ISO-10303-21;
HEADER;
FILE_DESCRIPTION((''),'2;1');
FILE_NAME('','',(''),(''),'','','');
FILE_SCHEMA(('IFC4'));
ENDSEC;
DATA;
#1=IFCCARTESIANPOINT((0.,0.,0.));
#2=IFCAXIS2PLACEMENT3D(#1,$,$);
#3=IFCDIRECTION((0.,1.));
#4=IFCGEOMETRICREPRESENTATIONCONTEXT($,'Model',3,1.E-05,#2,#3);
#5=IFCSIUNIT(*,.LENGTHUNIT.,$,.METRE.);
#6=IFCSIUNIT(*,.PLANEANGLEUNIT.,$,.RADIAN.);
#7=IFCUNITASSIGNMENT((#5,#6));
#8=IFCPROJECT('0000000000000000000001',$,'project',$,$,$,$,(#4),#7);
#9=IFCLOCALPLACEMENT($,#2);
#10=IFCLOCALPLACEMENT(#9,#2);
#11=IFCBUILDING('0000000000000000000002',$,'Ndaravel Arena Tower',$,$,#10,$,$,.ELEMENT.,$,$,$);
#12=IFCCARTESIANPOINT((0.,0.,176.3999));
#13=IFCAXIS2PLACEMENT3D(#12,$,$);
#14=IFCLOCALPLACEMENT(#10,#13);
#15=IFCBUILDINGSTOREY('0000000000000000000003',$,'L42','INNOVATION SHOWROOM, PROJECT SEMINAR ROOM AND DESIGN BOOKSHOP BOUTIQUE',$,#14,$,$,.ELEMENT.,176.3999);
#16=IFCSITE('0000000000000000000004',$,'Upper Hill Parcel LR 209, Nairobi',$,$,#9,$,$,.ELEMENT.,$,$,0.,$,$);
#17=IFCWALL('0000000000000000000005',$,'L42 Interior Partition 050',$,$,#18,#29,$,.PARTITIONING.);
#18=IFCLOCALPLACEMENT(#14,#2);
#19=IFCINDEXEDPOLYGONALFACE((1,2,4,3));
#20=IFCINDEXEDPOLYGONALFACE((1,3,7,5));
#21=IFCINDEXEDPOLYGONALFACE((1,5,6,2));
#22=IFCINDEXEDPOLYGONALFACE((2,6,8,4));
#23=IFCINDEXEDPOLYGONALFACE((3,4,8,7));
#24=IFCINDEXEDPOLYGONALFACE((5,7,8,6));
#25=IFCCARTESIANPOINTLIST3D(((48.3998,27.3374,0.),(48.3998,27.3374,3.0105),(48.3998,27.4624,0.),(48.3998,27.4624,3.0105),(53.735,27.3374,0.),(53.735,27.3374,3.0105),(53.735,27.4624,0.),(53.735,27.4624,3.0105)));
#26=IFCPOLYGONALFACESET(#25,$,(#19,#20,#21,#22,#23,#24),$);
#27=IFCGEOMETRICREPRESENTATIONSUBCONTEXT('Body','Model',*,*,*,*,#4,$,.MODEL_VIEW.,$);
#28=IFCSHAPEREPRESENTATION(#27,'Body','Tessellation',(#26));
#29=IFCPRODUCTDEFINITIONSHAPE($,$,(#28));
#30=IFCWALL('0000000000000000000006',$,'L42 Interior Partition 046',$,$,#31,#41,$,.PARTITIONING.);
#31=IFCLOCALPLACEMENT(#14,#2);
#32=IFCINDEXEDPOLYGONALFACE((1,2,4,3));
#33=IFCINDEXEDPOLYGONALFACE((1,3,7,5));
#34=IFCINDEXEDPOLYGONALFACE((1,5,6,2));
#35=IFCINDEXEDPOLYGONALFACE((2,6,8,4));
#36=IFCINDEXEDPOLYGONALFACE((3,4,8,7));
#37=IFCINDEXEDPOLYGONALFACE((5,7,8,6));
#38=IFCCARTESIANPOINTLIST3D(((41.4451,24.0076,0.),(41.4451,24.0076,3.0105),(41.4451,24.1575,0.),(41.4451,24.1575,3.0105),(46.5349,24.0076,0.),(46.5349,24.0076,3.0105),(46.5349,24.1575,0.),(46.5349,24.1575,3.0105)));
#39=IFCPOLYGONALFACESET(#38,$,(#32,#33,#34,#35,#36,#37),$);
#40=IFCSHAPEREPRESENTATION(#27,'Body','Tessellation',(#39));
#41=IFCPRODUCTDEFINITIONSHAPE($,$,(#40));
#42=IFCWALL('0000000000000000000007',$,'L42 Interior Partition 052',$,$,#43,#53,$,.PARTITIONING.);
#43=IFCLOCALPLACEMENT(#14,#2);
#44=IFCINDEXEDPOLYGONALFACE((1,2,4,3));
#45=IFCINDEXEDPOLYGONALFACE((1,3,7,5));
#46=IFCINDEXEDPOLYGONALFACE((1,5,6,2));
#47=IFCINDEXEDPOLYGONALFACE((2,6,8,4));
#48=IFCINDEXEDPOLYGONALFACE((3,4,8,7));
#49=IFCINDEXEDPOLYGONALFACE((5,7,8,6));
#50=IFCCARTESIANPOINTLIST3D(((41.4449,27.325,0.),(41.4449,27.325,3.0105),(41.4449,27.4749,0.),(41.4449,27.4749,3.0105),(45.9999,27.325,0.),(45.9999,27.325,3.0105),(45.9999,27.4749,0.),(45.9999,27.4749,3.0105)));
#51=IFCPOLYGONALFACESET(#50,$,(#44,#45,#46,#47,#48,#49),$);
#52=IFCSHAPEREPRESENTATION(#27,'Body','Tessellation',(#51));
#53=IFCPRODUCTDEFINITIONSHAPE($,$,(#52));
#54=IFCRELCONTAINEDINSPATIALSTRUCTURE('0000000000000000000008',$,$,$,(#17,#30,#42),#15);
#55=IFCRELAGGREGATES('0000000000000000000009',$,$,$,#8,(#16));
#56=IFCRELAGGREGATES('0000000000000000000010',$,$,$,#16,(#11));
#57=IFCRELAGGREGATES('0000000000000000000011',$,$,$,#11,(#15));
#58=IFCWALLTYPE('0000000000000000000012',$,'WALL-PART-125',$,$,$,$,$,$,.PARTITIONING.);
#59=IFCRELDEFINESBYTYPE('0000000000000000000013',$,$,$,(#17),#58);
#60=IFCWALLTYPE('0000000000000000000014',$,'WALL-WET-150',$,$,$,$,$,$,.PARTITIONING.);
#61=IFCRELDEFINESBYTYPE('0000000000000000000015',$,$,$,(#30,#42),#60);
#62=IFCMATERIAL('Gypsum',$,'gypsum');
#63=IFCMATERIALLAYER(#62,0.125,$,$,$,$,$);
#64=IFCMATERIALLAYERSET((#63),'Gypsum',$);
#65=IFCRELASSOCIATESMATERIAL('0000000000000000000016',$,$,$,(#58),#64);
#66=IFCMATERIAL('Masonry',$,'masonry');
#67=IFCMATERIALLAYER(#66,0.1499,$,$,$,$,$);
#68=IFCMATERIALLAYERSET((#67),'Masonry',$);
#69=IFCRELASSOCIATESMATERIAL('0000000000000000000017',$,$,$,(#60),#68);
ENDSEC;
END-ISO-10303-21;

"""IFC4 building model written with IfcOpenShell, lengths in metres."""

from ifc_helpers import new_model, si_unit, direction, frame, frame_2d, origin, place, context, subcontext, project, spatial, rectangle, extrude, material, layer, layer_set, type_object, element, save


model = new_model("IFC4")

# Units and contexts
model_context = context("Model", 3, precision=1e-05, world=origin(), true_north=direction((0.0, 1.0)))
body_context = subcontext(model_context, "Body", "Model", "MODEL_VIEW")
ifc_project = project(units=[si_unit("LENGTHUNIT", "METRE"), si_unit("PLANEANGLEUNIT", "RADIAN")], contexts=[model_context])

# Site, building, storey
site_placement = place(None, origin())
site = spatial("IfcSite", under=ifc_project, at=site_placement, Name="Upper Hill Parcel LR 209, Nairobi", CompositionType="ELEMENT", RefElevation=0.0)
building_placement = place(site_placement, origin())
building = spatial("IfcBuilding", under=site, at=building_placement, Name="Ndaravel Arena Tower", CompositionType="ELEMENT")
storey_placement = place(building_placement, frame((0.0, 0.0, 176.3999)))
storey = spatial("IfcBuildingStorey", under=building, at=storey_placement, Name="L42", Description="INNOVATION SHOWROOM, PROJECT SEMINAR ROOM AND DESIGN BOOKSHOP BOUTIQUE", CompositionType="ELEMENT", Elevation=176.3999)

# Shared definitions
ifc_material_1 = material(Name="Gypsum", Category="gypsum")
ifc_layer_1 = layer(ifc_material_1, 0.125)
ifc_layer_set_1 = layer_set([ifc_layer_1], Name="Gypsum")
wall_type_1 = type_object("IfcWallType", Name="WALL-PART-125", PredefinedType="PARTITIONING", material=ifc_layer_set_1)

# Wall
wall_1_placement = place(storey_placement, frame((48.3999, 27.3999, 0.0), z_axis=(0.0, 0.0, 1.0), x_axis=(1.0, 0.0, 0.0)))
element("IfcWall", 1, at=wall_1_placement, inside=storey, type_object=wall_type_1, Name="L42 Interior Partition 050", PredefinedType="PARTITIONING", context=body_context, shape_type="SweptSolid", body=[
    extrude(rectangle(XDim=5.3352, YDim=0.125, at=frame_2d((2.6675, 0.0))), origin(), (0.0, 0.0, 1.0), 3.0105),
])

# Shared definitions
ifc_material_2 = material(Name="Masonry", Category="masonry")
ifc_layer_2 = layer(ifc_material_2, 0.1499)
ifc_layer_set_2 = layer_set([ifc_layer_2], Name="Masonry")
wall_type_2 = type_object("IfcWallType", Name="WALL-WET-150", PredefinedType="PARTITIONING", material=ifc_layer_set_2)

# Walls
wall_2_placement = place(storey_placement, frame((41.4451, 24.0825, 0.0), z_axis=(0.0, 0.0, 1.0), x_axis=(1.0, 0.0, 0.0)))
element("IfcWall", 2, at=wall_2_placement, inside=storey, type_object=wall_type_2, Name="L42 Interior Partition 046", PredefinedType="PARTITIONING", context=body_context, shape_type="SweptSolid", body=[
    extrude(rectangle(XDim=5.0898, YDim=0.1499, at=frame_2d((2.5449, 0.0))), origin(), (0.0, 0.0, 1.0), 3.0105),
])
wall_3_placement = place(storey_placement, frame((41.4451, 27.3999, 0.0), z_axis=(0.0, 0.0, 1.0), x_axis=(1.0, 0.0, 0.0)))
element("IfcWall", 3, at=wall_3_placement, inside=storey, type_object=wall_type_2, Name="L42 Interior Partition 052", PredefinedType="PARTITIONING", context=body_context, shape_type="SweptSolid", body=[
    extrude(rectangle(XDim=4.5549, YDim=0.1499, at=frame_2d((2.2773, 0.0))), origin(), (0.0, 0.0, 1.0), 3.0105),
])

save(model, "model.ifc")
